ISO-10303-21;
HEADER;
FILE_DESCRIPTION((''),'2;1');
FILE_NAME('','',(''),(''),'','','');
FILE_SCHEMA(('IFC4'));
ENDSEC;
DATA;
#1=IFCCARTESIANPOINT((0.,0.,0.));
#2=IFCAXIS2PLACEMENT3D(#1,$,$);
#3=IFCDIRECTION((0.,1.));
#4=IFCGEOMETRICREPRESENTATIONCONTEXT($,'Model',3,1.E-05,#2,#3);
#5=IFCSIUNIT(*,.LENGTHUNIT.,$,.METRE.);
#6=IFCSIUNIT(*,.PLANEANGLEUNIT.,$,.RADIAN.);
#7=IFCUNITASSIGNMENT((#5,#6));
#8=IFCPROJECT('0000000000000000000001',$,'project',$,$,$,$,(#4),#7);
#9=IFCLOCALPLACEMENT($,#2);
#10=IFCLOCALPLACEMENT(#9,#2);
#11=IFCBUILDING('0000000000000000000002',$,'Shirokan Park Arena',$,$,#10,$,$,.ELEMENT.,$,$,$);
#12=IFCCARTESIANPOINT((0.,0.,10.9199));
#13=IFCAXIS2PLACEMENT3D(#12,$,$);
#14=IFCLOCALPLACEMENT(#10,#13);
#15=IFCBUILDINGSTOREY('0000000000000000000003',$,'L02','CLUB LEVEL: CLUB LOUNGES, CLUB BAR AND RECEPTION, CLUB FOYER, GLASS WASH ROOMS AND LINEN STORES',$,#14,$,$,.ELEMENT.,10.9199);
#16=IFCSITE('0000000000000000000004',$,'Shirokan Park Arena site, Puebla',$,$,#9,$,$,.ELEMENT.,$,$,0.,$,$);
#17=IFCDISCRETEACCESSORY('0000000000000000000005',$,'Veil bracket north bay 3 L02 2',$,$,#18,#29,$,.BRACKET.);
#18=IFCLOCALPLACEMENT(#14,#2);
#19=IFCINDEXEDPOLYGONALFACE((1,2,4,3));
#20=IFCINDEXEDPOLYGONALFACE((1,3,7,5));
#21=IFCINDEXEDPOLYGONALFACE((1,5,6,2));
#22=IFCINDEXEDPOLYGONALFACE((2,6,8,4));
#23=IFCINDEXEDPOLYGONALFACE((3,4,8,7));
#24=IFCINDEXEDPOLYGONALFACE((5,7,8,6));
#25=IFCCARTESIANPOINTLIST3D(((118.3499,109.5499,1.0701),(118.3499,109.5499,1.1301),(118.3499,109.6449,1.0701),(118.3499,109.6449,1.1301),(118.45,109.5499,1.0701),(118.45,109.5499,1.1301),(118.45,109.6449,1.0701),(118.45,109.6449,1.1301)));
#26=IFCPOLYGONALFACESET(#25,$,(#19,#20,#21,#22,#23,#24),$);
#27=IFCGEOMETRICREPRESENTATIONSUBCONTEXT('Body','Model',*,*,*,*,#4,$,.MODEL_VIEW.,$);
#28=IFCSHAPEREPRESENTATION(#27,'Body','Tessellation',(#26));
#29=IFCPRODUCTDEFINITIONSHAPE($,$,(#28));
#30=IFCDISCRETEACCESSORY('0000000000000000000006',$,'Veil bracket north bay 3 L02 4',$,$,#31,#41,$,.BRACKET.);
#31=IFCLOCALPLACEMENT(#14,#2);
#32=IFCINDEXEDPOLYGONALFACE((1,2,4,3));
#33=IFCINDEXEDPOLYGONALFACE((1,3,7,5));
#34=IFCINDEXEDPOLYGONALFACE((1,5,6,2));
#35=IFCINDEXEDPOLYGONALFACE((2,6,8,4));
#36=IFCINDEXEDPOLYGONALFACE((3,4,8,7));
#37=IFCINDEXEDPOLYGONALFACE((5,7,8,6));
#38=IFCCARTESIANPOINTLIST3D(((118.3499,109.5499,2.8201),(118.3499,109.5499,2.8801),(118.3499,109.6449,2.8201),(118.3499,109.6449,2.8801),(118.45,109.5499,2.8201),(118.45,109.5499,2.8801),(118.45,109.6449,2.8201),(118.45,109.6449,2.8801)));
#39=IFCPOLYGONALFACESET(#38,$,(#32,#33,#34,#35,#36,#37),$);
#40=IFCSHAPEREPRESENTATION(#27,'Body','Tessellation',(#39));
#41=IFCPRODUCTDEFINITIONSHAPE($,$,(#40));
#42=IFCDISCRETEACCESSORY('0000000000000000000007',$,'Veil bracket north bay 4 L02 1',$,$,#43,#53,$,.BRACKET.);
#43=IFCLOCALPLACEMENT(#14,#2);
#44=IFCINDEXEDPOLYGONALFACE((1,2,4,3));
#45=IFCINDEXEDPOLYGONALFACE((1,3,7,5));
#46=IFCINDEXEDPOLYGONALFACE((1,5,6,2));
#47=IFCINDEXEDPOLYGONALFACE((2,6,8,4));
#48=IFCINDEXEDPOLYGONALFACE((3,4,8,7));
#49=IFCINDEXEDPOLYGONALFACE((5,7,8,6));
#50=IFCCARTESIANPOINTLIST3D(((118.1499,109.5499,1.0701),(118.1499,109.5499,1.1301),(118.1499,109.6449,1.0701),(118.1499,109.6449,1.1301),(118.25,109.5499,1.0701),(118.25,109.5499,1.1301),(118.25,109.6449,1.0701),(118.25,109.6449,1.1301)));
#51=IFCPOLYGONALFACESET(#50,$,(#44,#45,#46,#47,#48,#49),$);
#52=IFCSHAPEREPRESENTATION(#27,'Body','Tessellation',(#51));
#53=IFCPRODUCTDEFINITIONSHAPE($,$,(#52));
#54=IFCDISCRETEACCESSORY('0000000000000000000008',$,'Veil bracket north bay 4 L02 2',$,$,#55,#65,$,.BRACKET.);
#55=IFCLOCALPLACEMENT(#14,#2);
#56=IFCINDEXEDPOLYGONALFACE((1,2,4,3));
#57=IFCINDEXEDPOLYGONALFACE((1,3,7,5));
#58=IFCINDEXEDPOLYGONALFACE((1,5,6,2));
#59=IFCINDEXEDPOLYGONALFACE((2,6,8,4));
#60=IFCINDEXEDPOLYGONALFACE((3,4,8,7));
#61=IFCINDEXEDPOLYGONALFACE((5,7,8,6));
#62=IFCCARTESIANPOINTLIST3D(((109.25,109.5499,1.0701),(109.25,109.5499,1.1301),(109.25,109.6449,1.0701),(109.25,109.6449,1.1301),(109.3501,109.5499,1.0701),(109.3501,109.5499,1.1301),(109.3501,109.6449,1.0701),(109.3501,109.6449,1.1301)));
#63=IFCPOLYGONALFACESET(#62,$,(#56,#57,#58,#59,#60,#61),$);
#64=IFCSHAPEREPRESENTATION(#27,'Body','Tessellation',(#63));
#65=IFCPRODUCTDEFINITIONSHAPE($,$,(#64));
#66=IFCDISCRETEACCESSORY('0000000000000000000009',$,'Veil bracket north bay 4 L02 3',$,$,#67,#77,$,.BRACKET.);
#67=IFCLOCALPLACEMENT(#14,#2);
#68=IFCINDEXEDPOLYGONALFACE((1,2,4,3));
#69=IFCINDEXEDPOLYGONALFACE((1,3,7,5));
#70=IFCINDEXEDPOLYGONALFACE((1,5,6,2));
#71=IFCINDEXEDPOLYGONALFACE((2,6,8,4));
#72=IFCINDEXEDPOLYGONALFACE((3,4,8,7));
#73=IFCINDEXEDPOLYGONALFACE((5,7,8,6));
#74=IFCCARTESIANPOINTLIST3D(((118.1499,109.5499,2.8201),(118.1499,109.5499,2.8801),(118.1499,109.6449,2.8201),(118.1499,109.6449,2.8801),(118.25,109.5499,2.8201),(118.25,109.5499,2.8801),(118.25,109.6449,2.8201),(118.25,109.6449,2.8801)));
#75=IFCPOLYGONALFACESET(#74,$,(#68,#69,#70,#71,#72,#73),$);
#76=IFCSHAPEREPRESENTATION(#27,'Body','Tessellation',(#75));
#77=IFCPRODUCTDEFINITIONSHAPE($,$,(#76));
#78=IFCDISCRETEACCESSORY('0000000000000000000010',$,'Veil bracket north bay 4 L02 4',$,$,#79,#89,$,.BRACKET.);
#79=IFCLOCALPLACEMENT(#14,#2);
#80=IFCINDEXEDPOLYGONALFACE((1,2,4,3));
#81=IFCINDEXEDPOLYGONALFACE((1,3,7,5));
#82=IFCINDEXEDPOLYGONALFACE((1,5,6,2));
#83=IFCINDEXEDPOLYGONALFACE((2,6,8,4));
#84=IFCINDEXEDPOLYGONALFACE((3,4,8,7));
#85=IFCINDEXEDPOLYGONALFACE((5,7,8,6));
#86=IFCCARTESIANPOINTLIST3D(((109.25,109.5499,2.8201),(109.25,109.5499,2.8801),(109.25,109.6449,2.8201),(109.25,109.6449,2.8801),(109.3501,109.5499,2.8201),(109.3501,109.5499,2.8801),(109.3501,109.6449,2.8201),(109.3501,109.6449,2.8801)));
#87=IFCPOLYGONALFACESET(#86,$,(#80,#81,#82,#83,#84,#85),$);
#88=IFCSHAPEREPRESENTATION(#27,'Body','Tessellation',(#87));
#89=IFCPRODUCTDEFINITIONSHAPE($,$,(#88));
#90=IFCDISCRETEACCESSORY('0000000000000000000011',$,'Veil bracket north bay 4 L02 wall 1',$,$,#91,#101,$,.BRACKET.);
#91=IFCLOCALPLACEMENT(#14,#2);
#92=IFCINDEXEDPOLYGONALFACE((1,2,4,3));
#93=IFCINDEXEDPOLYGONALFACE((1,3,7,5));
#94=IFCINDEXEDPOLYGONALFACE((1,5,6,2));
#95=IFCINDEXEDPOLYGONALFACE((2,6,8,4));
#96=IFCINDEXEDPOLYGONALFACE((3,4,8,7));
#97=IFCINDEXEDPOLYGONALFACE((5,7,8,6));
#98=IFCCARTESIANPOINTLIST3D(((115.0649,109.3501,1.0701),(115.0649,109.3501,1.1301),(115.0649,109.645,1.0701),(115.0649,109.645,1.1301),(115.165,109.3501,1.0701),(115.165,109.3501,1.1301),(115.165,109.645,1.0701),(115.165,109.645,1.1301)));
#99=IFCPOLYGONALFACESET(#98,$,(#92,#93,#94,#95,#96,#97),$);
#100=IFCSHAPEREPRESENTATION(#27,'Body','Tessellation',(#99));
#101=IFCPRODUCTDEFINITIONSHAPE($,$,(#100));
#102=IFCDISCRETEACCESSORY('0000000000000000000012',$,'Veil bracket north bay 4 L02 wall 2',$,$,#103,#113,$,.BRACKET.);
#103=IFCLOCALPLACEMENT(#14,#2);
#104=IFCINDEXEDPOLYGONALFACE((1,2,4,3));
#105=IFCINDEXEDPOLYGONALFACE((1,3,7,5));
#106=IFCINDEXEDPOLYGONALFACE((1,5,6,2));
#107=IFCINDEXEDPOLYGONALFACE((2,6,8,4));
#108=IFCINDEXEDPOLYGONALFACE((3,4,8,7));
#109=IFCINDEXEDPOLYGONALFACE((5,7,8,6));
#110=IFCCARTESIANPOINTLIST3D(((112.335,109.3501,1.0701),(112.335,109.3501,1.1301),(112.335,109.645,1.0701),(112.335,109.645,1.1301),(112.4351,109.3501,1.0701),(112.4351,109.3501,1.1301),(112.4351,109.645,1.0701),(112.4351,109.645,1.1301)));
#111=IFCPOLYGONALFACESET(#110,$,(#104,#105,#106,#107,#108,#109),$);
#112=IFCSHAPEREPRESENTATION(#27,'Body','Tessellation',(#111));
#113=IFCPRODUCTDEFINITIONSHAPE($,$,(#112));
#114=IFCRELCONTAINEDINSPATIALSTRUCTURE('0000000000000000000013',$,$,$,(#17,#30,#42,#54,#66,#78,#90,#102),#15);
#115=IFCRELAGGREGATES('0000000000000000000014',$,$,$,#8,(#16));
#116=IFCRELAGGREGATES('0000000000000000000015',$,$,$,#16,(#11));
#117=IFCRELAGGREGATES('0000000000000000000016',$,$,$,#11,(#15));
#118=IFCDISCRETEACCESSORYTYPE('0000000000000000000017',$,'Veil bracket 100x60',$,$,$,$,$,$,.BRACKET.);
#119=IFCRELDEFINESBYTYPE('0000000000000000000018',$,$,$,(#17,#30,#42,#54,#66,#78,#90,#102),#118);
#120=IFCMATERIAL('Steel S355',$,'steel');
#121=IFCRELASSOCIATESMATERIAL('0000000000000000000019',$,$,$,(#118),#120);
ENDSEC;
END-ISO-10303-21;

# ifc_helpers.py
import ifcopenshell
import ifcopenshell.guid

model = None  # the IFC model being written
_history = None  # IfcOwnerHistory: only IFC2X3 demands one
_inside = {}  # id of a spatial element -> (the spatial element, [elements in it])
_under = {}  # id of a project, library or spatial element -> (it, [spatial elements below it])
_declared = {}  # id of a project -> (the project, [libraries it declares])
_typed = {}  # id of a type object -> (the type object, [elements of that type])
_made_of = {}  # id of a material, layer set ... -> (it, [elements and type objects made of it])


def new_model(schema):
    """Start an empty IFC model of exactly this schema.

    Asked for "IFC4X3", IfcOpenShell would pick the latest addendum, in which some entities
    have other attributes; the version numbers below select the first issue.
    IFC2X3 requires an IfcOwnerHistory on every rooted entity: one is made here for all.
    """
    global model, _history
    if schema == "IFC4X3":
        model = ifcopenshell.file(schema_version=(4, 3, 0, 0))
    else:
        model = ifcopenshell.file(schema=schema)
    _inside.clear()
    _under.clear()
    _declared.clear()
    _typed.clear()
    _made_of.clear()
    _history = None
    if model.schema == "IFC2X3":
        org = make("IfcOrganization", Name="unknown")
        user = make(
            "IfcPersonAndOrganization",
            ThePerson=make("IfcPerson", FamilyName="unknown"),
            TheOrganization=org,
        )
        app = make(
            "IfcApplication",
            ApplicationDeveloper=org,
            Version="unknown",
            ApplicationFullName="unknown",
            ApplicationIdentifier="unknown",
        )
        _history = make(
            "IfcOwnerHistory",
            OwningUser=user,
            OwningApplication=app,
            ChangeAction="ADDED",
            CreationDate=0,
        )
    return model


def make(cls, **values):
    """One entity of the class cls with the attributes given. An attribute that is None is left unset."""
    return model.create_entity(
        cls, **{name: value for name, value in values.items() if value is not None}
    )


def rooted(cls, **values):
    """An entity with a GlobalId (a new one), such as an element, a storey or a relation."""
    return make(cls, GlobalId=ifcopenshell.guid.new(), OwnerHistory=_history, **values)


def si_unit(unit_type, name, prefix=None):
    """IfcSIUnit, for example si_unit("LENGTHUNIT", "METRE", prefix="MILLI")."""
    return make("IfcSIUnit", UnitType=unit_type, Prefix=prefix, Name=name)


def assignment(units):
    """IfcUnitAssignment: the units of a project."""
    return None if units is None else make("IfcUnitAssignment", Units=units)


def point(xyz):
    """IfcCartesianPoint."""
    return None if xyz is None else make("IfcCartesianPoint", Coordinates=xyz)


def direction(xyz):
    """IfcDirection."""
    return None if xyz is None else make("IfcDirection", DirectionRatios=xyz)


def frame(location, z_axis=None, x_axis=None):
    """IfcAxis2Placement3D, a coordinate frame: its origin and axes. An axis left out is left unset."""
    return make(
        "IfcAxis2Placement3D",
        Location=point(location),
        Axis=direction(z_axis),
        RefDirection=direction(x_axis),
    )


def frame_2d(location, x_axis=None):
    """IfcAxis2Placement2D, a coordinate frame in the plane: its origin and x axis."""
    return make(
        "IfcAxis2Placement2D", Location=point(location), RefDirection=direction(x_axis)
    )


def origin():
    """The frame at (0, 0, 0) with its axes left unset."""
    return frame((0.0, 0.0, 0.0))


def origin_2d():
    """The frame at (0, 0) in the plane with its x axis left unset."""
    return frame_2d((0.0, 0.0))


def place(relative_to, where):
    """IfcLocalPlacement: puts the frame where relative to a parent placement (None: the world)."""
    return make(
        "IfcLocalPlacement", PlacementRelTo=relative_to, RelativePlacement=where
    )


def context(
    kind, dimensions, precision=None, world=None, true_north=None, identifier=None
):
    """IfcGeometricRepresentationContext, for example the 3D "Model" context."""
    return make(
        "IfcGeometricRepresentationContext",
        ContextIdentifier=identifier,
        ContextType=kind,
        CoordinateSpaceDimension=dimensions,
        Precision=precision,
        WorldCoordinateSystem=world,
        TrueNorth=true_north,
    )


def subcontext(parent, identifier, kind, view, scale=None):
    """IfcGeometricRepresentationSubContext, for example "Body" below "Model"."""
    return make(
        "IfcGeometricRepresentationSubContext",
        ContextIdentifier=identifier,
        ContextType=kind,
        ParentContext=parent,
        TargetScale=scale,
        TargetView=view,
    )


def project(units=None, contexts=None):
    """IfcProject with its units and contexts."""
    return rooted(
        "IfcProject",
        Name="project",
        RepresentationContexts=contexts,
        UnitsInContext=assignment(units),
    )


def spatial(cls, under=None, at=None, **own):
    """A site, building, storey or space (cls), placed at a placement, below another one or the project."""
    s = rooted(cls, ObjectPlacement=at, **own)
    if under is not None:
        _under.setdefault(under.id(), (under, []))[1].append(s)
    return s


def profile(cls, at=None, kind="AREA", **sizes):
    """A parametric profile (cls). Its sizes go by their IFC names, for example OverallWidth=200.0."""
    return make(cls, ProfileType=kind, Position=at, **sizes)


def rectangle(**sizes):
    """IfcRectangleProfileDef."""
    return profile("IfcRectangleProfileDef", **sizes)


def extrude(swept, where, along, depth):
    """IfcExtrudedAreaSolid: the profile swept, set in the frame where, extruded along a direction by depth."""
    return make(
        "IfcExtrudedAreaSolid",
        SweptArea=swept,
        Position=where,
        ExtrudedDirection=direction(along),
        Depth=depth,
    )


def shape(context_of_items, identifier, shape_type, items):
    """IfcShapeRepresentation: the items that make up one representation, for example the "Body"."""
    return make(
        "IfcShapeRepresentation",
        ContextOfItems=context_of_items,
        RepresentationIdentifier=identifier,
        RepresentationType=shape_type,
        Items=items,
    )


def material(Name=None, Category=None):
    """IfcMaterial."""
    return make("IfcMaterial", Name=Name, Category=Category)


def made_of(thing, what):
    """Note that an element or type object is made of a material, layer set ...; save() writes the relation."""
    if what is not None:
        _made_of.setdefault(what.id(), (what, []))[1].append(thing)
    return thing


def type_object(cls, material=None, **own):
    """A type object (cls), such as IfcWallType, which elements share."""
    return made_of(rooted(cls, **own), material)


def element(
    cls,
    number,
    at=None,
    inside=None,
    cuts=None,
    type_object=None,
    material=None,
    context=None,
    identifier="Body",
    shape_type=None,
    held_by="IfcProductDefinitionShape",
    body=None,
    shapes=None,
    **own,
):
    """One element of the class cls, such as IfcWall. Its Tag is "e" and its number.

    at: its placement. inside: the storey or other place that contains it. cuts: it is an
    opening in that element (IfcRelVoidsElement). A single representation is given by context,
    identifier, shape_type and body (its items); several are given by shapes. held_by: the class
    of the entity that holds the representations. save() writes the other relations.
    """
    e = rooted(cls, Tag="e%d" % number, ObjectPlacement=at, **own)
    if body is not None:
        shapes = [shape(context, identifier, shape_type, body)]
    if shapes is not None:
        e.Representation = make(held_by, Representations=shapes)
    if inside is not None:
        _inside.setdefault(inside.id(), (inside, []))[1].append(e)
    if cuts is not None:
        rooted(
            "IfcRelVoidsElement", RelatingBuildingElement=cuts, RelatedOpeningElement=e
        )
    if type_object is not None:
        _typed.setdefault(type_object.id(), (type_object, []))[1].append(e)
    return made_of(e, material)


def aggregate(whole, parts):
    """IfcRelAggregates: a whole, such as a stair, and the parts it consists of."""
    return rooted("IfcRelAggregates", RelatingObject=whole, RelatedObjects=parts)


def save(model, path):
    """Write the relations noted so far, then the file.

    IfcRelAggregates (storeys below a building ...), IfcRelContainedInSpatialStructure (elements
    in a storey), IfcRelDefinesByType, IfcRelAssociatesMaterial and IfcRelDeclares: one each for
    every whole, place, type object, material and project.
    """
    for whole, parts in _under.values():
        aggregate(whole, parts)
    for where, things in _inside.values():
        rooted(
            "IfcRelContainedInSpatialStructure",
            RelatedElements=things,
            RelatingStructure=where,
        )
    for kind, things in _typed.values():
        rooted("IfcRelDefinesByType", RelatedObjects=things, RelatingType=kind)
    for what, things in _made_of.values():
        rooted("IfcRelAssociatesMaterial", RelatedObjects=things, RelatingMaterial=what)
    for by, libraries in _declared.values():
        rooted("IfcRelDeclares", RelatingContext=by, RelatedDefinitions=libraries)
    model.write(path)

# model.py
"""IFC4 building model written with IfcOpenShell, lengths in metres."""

from ifc_helpers import new_model, si_unit, direction, frame, origin, origin_2d, place, context, subcontext, project, spatial, rectangle, extrude, material, type_object, element, save


model = new_model("IFC4")

# Units and contexts
model_context = context("Model", 3, precision=1e-05, world=origin(), true_north=direction((0.0, 1.0)))
body_context = subcontext(model_context, "Body", "Model", "MODEL_VIEW")
ifc_project = project(units=[si_unit("LENGTHUNIT", "METRE"), si_unit("PLANEANGLEUNIT", "RADIAN")], contexts=[model_context])

# Site, building, storey
site_placement = place(None, origin())
site = spatial("IfcSite", under=ifc_project, at=site_placement, Name="Shirokan Park Arena site, Puebla", CompositionType="ELEMENT", RefElevation=0.0)
building_placement = place(site_placement, origin())
building = spatial("IfcBuilding", under=site, at=building_placement, Name="Shirokan Park Arena", CompositionType="ELEMENT")
storey_placement = place(building_placement, frame((0.0, 0.0, 10.9199)))
storey = spatial("IfcBuildingStorey", under=building, at=storey_placement, Name="L02", Description="CLUB LEVEL: CLUB LOUNGES, CLUB BAR AND RECEPTION, CLUB FOYER, GLASS WASH ROOMS AND LINEN STORES", CompositionType="ELEMENT", Elevation=10.9199)

# Shared definitions
ifc_material_1 = material(Name="Steel S355", Category="steel")

# Discrete accessories
discrete_accessory_type = type_object("IfcDiscreteAccessoryType", Name="Veil bracket 100x60", PredefinedType="BRACKET", material=ifc_material_1)
for number, where, z_axis, x_axis, name in (
    (1, (118.3999, 109.5974, 1.0701), (0.0, 0.0, 1.0), (-1.0, 0.0, 0.0), "Veil bracket north bay 3 L02 2"),
    (2, (118.3999, 109.5974, 2.8201), (0.0, 0.0, 1.0), (-1.0, 0.0, 0.0), "Veil bracket north bay 3 L02 4"),
    (3, (118.2, 109.5974, 1.0701), (0.0, 0.0, 1.0), (-1.0, 0.0, 0.0), "Veil bracket north bay 4 L02 1"),
    (4, (109.3, 109.5974, 1.0701), (0.0, 0.0, 1.0), (-1.0, 0.0, 0.0), "Veil bracket north bay 4 L02 2"),
    (5, (118.2, 109.5974, 2.8201), (0.0, 0.0, 1.0), (-1.0, 0.0, 0.0), "Veil bracket north bay 4 L02 3"),
    (6, (109.3, 109.5974, 2.8201), (0.0, 0.0, 1.0), (-1.0, 0.0, 0.0), "Veil bracket north bay 4 L02 4"),
):
    element("IfcDiscreteAccessory", number, at=place(storey_placement, frame(where, z_axis=z_axis, x_axis=x_axis)), inside=storey, type_object=discrete_accessory_type, Name=name, PredefinedType="BRACKET", context=body_context, shape_type="SweptSolid", body=[
        extrude(rectangle(XDim=0.1001, YDim=0.095, at=origin_2d()), origin(), (0.0, 0.0, 1.0), 0.0601),
    ])
for number, where, z_axis, x_axis, name in (
    (7, (115.115, 109.4976, 1.0701), (0.0, 0.0, 1.0), (-1.0, 0.0, 0.0), "Veil bracket north bay 4 L02 wall 1"),
    (8, (112.385, 109.4976, 1.0701), (0.0, 0.0, 1.0), (-1.0, 0.0, 0.0), "Veil bracket north bay 4 L02 wall 2"),
):
    element("IfcDiscreteAccessory", number, at=place(storey_placement, frame(where, z_axis=z_axis, x_axis=x_axis)), inside=storey, type_object=discrete_accessory_type, Name=name, PredefinedType="BRACKET", context=body_context, shape_type="SweptSolid", body=[
        extrude(rectangle(XDim=0.1001, YDim=0.2949, at=origin_2d()), origin(), (0.0, 0.0, 1.0), 0.0601),
    ])

save(model, "model.ifc")
